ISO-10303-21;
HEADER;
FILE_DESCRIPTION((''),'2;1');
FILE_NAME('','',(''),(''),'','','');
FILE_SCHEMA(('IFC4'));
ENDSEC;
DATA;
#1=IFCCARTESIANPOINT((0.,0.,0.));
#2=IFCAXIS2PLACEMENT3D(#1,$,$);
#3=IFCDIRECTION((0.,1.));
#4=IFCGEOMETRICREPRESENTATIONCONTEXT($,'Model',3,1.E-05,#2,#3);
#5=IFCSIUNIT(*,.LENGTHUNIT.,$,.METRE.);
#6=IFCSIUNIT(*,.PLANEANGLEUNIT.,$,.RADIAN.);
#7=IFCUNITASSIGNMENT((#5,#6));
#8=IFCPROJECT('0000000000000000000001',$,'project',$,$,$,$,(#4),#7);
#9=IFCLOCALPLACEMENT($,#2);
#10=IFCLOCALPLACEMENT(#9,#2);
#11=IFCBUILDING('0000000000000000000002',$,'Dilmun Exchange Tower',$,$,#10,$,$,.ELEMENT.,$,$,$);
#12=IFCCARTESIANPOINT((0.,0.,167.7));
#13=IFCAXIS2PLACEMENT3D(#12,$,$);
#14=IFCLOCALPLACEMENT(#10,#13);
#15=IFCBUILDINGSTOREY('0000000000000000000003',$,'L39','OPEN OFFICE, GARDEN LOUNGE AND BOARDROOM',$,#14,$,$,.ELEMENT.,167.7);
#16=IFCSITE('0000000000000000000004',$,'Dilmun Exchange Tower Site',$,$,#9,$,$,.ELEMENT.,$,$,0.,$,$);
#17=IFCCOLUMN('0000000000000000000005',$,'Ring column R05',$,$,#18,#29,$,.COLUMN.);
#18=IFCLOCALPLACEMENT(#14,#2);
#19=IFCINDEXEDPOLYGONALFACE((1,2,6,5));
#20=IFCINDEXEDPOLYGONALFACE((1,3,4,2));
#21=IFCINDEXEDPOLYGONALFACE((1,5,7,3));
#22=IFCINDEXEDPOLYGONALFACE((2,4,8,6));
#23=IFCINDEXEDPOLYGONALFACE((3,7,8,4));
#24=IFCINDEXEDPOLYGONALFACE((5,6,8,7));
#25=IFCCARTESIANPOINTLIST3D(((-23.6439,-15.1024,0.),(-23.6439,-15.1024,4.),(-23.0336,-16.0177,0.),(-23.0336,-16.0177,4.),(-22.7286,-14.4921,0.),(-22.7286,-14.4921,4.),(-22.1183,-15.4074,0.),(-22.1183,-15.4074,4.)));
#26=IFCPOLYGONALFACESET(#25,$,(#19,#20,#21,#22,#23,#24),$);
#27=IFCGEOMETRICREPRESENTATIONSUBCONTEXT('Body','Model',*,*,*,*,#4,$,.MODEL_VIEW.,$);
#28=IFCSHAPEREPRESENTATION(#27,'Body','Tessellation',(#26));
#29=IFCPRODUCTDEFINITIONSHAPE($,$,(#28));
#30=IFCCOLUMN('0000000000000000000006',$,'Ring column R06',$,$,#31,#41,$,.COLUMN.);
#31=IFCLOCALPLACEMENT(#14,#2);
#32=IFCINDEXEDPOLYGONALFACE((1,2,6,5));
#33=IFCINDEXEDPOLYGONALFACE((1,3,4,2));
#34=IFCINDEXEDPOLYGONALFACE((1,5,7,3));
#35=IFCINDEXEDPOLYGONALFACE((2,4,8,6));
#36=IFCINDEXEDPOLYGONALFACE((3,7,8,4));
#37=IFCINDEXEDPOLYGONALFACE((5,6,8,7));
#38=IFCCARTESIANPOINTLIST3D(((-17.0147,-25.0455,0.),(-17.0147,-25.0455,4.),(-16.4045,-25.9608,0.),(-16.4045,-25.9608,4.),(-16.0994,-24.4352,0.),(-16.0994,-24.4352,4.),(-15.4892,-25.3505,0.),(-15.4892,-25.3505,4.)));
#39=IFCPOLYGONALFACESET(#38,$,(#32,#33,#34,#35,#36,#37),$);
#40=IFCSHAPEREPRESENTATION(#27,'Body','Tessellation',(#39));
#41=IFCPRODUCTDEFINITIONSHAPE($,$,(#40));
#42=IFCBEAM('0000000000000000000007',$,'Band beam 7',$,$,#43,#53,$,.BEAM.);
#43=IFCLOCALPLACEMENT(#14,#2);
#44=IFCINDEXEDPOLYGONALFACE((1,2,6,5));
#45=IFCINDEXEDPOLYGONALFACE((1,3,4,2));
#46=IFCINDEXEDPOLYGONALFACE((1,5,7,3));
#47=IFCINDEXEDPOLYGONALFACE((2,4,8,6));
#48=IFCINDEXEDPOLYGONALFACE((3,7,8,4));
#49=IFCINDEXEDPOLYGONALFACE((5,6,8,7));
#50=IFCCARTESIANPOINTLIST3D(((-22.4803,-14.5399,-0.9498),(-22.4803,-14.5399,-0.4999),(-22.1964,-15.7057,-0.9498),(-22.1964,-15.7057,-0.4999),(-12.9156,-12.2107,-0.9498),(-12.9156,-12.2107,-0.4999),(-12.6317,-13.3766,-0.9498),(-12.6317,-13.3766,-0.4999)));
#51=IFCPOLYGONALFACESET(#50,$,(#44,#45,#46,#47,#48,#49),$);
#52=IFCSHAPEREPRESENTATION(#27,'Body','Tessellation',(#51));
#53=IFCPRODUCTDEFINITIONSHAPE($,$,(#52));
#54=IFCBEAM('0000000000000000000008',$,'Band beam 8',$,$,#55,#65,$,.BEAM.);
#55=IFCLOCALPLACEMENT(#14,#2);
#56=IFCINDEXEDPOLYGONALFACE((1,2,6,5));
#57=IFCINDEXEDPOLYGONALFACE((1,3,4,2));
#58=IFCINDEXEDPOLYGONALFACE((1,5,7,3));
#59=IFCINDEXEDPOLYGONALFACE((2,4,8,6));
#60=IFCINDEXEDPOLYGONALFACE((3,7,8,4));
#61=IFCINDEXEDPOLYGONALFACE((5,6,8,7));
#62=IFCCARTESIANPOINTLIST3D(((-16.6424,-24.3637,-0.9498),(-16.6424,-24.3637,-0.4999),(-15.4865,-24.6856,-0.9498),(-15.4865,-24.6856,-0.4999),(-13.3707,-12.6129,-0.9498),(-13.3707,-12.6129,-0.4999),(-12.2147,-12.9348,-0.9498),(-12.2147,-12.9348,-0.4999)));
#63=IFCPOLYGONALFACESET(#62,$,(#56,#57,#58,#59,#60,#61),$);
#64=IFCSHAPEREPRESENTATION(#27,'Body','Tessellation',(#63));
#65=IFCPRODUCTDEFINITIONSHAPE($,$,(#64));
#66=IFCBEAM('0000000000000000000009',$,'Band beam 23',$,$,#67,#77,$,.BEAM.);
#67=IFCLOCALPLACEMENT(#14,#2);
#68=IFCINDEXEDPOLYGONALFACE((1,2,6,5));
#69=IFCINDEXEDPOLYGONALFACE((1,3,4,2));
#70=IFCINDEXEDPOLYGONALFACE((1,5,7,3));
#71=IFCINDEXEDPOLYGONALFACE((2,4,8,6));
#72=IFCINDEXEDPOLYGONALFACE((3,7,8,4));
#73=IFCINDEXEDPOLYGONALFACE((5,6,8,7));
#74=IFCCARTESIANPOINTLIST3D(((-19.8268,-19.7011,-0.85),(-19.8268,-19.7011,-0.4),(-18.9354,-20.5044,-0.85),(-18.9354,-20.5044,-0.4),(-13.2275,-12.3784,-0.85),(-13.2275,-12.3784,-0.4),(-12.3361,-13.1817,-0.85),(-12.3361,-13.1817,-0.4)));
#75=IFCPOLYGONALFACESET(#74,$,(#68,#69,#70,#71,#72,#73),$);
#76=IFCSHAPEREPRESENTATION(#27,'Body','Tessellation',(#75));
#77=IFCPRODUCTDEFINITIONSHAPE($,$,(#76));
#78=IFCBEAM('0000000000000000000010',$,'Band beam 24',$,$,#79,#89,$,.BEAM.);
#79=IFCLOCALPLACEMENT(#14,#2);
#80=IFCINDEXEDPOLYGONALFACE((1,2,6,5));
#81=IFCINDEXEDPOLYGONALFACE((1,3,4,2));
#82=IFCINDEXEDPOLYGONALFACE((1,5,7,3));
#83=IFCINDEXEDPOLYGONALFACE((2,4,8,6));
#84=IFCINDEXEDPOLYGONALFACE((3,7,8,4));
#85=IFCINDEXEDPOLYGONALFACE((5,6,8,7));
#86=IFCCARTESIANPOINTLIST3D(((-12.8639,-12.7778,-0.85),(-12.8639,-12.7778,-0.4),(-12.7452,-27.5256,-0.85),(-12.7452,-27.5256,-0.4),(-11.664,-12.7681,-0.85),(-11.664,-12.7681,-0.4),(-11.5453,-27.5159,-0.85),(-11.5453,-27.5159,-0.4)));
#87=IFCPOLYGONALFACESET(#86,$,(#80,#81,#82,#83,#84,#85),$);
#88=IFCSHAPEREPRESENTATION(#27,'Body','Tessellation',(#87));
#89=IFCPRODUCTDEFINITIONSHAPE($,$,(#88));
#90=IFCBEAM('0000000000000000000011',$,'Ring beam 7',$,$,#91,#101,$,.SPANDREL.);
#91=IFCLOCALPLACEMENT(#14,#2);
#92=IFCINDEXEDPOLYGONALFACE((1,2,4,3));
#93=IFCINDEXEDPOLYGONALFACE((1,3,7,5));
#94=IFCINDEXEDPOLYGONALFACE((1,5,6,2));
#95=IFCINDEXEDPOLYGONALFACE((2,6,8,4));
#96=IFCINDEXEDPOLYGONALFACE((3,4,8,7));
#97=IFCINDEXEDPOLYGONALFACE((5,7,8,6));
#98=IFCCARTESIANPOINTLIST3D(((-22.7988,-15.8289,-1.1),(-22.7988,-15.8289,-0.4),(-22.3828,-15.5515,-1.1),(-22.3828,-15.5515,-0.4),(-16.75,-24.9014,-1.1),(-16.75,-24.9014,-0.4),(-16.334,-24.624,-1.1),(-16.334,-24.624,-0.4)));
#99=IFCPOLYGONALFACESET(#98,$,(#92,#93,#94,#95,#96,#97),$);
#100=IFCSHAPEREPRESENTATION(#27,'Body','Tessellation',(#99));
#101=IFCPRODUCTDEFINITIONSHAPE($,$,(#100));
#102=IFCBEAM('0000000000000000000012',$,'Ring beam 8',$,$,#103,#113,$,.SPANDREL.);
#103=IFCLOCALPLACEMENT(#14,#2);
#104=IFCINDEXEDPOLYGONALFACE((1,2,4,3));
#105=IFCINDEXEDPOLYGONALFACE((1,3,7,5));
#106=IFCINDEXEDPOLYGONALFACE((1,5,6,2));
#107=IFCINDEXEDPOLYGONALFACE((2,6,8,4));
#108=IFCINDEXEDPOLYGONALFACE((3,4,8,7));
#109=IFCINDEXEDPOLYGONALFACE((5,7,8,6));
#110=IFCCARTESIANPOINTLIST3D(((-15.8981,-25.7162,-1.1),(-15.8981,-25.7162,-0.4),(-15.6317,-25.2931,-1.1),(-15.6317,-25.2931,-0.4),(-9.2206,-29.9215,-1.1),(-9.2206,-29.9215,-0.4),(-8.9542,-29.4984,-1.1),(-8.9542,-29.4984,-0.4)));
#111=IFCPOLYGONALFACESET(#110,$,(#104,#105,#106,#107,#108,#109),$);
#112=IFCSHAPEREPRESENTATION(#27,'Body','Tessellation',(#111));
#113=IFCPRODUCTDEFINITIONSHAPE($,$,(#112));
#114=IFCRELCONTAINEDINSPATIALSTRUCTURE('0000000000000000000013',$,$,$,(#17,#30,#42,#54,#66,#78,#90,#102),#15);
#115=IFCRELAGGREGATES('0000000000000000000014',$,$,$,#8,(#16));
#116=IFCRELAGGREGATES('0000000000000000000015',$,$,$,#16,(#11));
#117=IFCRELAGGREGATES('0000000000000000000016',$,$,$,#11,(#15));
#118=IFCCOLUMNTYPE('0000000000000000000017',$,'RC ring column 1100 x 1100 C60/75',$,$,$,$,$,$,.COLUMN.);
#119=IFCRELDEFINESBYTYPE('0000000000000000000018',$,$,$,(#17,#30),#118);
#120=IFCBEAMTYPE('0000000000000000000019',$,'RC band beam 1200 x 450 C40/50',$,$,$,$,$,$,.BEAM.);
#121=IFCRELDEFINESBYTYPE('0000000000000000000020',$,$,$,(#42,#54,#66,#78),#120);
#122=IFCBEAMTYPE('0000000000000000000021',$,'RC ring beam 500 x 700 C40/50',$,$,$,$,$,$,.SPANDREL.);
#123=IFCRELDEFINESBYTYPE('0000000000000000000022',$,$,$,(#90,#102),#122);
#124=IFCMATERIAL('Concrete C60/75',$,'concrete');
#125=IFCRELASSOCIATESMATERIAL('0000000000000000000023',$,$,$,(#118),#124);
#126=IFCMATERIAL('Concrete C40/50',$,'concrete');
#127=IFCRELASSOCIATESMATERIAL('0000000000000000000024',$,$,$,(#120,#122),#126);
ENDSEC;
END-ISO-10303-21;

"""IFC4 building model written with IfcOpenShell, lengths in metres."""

from ifc_helpers import new_model, si_unit, direction, frame, origin, origin_2d, place, context, subcontext, project, spatial, rectangle, extrude, material, material_profile, profile_set, type_object, element, save


model = new_model("IFC4")

# Units and contexts
model_context = context("Model", 3, precision=1e-05, world=origin(), true_north=direction((0.0, 1.0)))
body_context = subcontext(model_context, "Body", "Model", "MODEL_VIEW")
ifc_project = project(units=[si_unit("LENGTHUNIT", "METRE"), si_unit("PLANEANGLEUNIT", "RADIAN")], contexts=[model_context])

# Site, building, storey
site_placement = place(None, origin())
site = spatial("IfcSite", under=ifc_project, at=site_placement, Name="Dilmun Exchange Tower Site", CompositionType="ELEMENT", RefElevation=0.0)
building_placement = place(site_placement, origin())
building = spatial("IfcBuilding", under=site, at=building_placement, Name="Dilmun Exchange Tower", CompositionType="ELEMENT")
storey_placement = place(building_placement, frame((0.0, 0.0, 167.7)))
storey = spatial("IfcBuildingStorey", under=building, at=storey_placement, Name="L39", Description="OPEN OFFICE, GARDEN LOUNGE AND BOARDROOM", CompositionType="ELEMENT", Elevation=167.7)

# Columns
ifc_material_1 = material(Name="Concrete C60/75", Category="concrete")
ifc_material_profile_1 = material_profile(ifc_material_1, rectangle(XDim=1.1001, YDim=1.1001, at=origin_2d()), Name="1100 x 1100")
ifc_profile_set_1 = profile_set([ifc_material_profile_1], Name="Concrete C60/75")
column_type = type_object("IfcColumnType", Name="RC ring column 1100 x 1100 C60/75", PredefinedType="COLUMN", material=ifc_profile_set_1)
for number, where, z_axis, x_axis, name in (
    (1, (-22.8811, -15.2549, 0.0), (0.0, 0.0, 1.0), (0.832029, 0.554733, 0.0), "Ring column R05"),
    (2, (-16.252, -25.198, 0.0), (0.0, 0.0, 1.0), (0.832029, 0.554733, 0.0), "Ring column R06"),
):
    element("IfcColumn", number, at=place(storey_placement, frame(where, z_axis=z_axis, x_axis=x_axis)), inside=storey, type_object=column_type, Name=name, PredefinedType="COLUMN", context=body_context, shape_type="SweptSolid", body=[
        extrude(rectangle(XDim=1.1001, YDim=1.1001, at=origin_2d()), origin(), (0.0, 0.0, 1.0), 4.0),
    ])

# Beams
ifc_material_2 = material(Name="Concrete C40/50", Category="concrete")
ifc_material_profile_2 = material_profile(ifc_material_2, rectangle(XDim=1.2, YDim=0.45, at=origin_2d()), Name="1200 x 450")
ifc_profile_set_2 = profile_set([ifc_material_profile_2], Name="Concrete C40/50")
beam_type_1 = type_object("IfcBeamType", Name="RC band beam 1200 x 450 C40/50", PredefinedType="BEAM", material=ifc_profile_set_2)
beam_1_placement = place(storey_placement, frame((-22.3384, -15.1228, -0.7249), z_axis=(0.971608, 0.236596, 0.0), x_axis=(-0.236596, 0.971608, 0.0)))
element("IfcBeam", 3, at=beam_1_placement, inside=storey, type_object=beam_type_1, Name="Band beam 7", PredefinedType="BEAM", context=body_context, shape_type="SweptSolid", body=[
    extrude(rectangle(XDim=1.2, YDim=0.45, at=origin_2d()), origin(), (0.0, 0.0, 1.0), 9.8442),
])
beam_2_placement = place(storey_placement, frame((-16.0645, -24.5247, -0.7249), z_axis=(0.268225, 0.963356, 0.0), x_axis=(-0.963356, 0.268225, 0.0)))
element("IfcBeam", 4, at=beam_2_placement, inside=storey, type_object=beam_type_1, Name="Band beam 8", PredefinedType="BEAM", context=body_context, shape_type="SweptSolid", body=[
    extrude(rectangle(XDim=1.2, YDim=0.45, at=origin_2d()), origin(), (0.0, 0.0, 1.0), 12.1978),
])
beam_3_placement = place(storey_placement, frame((-19.3811, -20.1028, -0.625), z_axis=(0.669463, 0.742846, 0.0), x_axis=(-0.742846, 0.669463, 0.0)))
element("IfcBeam", 5, at=beam_3_placement, inside=storey, type_object=beam_type_1, Name="Band beam 23", PredefinedType="BEAM", context=body_context, shape_type="SweptSolid", body=[
    extrude(rectangle(XDim=1.2, YDim=0.45, at=origin_2d()), origin(), (0.0, 0.0, 1.0), 9.8577),
])
beam_4_placement = place(storey_placement, frame((-12.1453, -27.5208, -0.625), z_axis=(-0.008045, 0.999968, 0.0), x_axis=(-0.999968, -0.008045, 0.0)))
element("IfcBeam", 6, at=beam_4_placement, inside=storey, type_object=beam_type_1, Name="Band beam 24", PredefinedType="BEAM", context=body_context, shape_type="SweptSolid", body=[
    extrude(rectangle(XDim=1.2, YDim=0.45, at=origin_2d()), origin(), (0.0, 0.0, 1.0), 14.7483),
])
ifc_material_profile_3 = material_profile(ifc_material_2, rectangle(XDim=0.5, YDim=0.7, at=origin_2d()), Name="500 x 700")
ifc_profile_set_3 = profile_set([ifc_material_profile_3], Name="Concrete C40/50")
beam_type_2 = type_object("IfcBeamType", Name="RC ring beam 500 x 700 C40/50", PredefinedType="SPANDREL", material=ifc_profile_set_3)
beam_5_placement = place(storey_placement, frame((-22.5908, -15.6902, -0.75), z_axis=(0.554731, -0.83203, 0.0), x_axis=(0.83203, 0.554731, 0.0)))
element("IfcBeam", 7, at=beam_5_placement, inside=storey, type_object=beam_type_2, Name="Ring beam 7", PredefinedType="SPANDREL", context=body_context, shape_type="SweptSolid", body=[
    extrude(rectangle(XDim=0.5, YDim=0.7, at=origin_2d()), origin(), (0.0, 0.0, 1.0), 10.9041),
])
beam_6_placement = place(storey_placement, frame((-15.7649, -25.5046, -0.75), z_axis=(0.846177, -0.532902, 0.0), x_axis=(0.532902, 0.846177, 0.0)))
element("IfcBeam", 8, at=beam_6_placement, inside=storey, type_object=beam_type_2, Name="Ring beam 8", PredefinedType="SPANDREL", context=body_context, shape_type="SweptSolid", body=[
    extrude(rectangle(XDim=0.5, YDim=0.7, at=origin_2d()), origin(), (0.0, 0.0, 1.0), 7.8914),
])

save(model, "model.ifc")
